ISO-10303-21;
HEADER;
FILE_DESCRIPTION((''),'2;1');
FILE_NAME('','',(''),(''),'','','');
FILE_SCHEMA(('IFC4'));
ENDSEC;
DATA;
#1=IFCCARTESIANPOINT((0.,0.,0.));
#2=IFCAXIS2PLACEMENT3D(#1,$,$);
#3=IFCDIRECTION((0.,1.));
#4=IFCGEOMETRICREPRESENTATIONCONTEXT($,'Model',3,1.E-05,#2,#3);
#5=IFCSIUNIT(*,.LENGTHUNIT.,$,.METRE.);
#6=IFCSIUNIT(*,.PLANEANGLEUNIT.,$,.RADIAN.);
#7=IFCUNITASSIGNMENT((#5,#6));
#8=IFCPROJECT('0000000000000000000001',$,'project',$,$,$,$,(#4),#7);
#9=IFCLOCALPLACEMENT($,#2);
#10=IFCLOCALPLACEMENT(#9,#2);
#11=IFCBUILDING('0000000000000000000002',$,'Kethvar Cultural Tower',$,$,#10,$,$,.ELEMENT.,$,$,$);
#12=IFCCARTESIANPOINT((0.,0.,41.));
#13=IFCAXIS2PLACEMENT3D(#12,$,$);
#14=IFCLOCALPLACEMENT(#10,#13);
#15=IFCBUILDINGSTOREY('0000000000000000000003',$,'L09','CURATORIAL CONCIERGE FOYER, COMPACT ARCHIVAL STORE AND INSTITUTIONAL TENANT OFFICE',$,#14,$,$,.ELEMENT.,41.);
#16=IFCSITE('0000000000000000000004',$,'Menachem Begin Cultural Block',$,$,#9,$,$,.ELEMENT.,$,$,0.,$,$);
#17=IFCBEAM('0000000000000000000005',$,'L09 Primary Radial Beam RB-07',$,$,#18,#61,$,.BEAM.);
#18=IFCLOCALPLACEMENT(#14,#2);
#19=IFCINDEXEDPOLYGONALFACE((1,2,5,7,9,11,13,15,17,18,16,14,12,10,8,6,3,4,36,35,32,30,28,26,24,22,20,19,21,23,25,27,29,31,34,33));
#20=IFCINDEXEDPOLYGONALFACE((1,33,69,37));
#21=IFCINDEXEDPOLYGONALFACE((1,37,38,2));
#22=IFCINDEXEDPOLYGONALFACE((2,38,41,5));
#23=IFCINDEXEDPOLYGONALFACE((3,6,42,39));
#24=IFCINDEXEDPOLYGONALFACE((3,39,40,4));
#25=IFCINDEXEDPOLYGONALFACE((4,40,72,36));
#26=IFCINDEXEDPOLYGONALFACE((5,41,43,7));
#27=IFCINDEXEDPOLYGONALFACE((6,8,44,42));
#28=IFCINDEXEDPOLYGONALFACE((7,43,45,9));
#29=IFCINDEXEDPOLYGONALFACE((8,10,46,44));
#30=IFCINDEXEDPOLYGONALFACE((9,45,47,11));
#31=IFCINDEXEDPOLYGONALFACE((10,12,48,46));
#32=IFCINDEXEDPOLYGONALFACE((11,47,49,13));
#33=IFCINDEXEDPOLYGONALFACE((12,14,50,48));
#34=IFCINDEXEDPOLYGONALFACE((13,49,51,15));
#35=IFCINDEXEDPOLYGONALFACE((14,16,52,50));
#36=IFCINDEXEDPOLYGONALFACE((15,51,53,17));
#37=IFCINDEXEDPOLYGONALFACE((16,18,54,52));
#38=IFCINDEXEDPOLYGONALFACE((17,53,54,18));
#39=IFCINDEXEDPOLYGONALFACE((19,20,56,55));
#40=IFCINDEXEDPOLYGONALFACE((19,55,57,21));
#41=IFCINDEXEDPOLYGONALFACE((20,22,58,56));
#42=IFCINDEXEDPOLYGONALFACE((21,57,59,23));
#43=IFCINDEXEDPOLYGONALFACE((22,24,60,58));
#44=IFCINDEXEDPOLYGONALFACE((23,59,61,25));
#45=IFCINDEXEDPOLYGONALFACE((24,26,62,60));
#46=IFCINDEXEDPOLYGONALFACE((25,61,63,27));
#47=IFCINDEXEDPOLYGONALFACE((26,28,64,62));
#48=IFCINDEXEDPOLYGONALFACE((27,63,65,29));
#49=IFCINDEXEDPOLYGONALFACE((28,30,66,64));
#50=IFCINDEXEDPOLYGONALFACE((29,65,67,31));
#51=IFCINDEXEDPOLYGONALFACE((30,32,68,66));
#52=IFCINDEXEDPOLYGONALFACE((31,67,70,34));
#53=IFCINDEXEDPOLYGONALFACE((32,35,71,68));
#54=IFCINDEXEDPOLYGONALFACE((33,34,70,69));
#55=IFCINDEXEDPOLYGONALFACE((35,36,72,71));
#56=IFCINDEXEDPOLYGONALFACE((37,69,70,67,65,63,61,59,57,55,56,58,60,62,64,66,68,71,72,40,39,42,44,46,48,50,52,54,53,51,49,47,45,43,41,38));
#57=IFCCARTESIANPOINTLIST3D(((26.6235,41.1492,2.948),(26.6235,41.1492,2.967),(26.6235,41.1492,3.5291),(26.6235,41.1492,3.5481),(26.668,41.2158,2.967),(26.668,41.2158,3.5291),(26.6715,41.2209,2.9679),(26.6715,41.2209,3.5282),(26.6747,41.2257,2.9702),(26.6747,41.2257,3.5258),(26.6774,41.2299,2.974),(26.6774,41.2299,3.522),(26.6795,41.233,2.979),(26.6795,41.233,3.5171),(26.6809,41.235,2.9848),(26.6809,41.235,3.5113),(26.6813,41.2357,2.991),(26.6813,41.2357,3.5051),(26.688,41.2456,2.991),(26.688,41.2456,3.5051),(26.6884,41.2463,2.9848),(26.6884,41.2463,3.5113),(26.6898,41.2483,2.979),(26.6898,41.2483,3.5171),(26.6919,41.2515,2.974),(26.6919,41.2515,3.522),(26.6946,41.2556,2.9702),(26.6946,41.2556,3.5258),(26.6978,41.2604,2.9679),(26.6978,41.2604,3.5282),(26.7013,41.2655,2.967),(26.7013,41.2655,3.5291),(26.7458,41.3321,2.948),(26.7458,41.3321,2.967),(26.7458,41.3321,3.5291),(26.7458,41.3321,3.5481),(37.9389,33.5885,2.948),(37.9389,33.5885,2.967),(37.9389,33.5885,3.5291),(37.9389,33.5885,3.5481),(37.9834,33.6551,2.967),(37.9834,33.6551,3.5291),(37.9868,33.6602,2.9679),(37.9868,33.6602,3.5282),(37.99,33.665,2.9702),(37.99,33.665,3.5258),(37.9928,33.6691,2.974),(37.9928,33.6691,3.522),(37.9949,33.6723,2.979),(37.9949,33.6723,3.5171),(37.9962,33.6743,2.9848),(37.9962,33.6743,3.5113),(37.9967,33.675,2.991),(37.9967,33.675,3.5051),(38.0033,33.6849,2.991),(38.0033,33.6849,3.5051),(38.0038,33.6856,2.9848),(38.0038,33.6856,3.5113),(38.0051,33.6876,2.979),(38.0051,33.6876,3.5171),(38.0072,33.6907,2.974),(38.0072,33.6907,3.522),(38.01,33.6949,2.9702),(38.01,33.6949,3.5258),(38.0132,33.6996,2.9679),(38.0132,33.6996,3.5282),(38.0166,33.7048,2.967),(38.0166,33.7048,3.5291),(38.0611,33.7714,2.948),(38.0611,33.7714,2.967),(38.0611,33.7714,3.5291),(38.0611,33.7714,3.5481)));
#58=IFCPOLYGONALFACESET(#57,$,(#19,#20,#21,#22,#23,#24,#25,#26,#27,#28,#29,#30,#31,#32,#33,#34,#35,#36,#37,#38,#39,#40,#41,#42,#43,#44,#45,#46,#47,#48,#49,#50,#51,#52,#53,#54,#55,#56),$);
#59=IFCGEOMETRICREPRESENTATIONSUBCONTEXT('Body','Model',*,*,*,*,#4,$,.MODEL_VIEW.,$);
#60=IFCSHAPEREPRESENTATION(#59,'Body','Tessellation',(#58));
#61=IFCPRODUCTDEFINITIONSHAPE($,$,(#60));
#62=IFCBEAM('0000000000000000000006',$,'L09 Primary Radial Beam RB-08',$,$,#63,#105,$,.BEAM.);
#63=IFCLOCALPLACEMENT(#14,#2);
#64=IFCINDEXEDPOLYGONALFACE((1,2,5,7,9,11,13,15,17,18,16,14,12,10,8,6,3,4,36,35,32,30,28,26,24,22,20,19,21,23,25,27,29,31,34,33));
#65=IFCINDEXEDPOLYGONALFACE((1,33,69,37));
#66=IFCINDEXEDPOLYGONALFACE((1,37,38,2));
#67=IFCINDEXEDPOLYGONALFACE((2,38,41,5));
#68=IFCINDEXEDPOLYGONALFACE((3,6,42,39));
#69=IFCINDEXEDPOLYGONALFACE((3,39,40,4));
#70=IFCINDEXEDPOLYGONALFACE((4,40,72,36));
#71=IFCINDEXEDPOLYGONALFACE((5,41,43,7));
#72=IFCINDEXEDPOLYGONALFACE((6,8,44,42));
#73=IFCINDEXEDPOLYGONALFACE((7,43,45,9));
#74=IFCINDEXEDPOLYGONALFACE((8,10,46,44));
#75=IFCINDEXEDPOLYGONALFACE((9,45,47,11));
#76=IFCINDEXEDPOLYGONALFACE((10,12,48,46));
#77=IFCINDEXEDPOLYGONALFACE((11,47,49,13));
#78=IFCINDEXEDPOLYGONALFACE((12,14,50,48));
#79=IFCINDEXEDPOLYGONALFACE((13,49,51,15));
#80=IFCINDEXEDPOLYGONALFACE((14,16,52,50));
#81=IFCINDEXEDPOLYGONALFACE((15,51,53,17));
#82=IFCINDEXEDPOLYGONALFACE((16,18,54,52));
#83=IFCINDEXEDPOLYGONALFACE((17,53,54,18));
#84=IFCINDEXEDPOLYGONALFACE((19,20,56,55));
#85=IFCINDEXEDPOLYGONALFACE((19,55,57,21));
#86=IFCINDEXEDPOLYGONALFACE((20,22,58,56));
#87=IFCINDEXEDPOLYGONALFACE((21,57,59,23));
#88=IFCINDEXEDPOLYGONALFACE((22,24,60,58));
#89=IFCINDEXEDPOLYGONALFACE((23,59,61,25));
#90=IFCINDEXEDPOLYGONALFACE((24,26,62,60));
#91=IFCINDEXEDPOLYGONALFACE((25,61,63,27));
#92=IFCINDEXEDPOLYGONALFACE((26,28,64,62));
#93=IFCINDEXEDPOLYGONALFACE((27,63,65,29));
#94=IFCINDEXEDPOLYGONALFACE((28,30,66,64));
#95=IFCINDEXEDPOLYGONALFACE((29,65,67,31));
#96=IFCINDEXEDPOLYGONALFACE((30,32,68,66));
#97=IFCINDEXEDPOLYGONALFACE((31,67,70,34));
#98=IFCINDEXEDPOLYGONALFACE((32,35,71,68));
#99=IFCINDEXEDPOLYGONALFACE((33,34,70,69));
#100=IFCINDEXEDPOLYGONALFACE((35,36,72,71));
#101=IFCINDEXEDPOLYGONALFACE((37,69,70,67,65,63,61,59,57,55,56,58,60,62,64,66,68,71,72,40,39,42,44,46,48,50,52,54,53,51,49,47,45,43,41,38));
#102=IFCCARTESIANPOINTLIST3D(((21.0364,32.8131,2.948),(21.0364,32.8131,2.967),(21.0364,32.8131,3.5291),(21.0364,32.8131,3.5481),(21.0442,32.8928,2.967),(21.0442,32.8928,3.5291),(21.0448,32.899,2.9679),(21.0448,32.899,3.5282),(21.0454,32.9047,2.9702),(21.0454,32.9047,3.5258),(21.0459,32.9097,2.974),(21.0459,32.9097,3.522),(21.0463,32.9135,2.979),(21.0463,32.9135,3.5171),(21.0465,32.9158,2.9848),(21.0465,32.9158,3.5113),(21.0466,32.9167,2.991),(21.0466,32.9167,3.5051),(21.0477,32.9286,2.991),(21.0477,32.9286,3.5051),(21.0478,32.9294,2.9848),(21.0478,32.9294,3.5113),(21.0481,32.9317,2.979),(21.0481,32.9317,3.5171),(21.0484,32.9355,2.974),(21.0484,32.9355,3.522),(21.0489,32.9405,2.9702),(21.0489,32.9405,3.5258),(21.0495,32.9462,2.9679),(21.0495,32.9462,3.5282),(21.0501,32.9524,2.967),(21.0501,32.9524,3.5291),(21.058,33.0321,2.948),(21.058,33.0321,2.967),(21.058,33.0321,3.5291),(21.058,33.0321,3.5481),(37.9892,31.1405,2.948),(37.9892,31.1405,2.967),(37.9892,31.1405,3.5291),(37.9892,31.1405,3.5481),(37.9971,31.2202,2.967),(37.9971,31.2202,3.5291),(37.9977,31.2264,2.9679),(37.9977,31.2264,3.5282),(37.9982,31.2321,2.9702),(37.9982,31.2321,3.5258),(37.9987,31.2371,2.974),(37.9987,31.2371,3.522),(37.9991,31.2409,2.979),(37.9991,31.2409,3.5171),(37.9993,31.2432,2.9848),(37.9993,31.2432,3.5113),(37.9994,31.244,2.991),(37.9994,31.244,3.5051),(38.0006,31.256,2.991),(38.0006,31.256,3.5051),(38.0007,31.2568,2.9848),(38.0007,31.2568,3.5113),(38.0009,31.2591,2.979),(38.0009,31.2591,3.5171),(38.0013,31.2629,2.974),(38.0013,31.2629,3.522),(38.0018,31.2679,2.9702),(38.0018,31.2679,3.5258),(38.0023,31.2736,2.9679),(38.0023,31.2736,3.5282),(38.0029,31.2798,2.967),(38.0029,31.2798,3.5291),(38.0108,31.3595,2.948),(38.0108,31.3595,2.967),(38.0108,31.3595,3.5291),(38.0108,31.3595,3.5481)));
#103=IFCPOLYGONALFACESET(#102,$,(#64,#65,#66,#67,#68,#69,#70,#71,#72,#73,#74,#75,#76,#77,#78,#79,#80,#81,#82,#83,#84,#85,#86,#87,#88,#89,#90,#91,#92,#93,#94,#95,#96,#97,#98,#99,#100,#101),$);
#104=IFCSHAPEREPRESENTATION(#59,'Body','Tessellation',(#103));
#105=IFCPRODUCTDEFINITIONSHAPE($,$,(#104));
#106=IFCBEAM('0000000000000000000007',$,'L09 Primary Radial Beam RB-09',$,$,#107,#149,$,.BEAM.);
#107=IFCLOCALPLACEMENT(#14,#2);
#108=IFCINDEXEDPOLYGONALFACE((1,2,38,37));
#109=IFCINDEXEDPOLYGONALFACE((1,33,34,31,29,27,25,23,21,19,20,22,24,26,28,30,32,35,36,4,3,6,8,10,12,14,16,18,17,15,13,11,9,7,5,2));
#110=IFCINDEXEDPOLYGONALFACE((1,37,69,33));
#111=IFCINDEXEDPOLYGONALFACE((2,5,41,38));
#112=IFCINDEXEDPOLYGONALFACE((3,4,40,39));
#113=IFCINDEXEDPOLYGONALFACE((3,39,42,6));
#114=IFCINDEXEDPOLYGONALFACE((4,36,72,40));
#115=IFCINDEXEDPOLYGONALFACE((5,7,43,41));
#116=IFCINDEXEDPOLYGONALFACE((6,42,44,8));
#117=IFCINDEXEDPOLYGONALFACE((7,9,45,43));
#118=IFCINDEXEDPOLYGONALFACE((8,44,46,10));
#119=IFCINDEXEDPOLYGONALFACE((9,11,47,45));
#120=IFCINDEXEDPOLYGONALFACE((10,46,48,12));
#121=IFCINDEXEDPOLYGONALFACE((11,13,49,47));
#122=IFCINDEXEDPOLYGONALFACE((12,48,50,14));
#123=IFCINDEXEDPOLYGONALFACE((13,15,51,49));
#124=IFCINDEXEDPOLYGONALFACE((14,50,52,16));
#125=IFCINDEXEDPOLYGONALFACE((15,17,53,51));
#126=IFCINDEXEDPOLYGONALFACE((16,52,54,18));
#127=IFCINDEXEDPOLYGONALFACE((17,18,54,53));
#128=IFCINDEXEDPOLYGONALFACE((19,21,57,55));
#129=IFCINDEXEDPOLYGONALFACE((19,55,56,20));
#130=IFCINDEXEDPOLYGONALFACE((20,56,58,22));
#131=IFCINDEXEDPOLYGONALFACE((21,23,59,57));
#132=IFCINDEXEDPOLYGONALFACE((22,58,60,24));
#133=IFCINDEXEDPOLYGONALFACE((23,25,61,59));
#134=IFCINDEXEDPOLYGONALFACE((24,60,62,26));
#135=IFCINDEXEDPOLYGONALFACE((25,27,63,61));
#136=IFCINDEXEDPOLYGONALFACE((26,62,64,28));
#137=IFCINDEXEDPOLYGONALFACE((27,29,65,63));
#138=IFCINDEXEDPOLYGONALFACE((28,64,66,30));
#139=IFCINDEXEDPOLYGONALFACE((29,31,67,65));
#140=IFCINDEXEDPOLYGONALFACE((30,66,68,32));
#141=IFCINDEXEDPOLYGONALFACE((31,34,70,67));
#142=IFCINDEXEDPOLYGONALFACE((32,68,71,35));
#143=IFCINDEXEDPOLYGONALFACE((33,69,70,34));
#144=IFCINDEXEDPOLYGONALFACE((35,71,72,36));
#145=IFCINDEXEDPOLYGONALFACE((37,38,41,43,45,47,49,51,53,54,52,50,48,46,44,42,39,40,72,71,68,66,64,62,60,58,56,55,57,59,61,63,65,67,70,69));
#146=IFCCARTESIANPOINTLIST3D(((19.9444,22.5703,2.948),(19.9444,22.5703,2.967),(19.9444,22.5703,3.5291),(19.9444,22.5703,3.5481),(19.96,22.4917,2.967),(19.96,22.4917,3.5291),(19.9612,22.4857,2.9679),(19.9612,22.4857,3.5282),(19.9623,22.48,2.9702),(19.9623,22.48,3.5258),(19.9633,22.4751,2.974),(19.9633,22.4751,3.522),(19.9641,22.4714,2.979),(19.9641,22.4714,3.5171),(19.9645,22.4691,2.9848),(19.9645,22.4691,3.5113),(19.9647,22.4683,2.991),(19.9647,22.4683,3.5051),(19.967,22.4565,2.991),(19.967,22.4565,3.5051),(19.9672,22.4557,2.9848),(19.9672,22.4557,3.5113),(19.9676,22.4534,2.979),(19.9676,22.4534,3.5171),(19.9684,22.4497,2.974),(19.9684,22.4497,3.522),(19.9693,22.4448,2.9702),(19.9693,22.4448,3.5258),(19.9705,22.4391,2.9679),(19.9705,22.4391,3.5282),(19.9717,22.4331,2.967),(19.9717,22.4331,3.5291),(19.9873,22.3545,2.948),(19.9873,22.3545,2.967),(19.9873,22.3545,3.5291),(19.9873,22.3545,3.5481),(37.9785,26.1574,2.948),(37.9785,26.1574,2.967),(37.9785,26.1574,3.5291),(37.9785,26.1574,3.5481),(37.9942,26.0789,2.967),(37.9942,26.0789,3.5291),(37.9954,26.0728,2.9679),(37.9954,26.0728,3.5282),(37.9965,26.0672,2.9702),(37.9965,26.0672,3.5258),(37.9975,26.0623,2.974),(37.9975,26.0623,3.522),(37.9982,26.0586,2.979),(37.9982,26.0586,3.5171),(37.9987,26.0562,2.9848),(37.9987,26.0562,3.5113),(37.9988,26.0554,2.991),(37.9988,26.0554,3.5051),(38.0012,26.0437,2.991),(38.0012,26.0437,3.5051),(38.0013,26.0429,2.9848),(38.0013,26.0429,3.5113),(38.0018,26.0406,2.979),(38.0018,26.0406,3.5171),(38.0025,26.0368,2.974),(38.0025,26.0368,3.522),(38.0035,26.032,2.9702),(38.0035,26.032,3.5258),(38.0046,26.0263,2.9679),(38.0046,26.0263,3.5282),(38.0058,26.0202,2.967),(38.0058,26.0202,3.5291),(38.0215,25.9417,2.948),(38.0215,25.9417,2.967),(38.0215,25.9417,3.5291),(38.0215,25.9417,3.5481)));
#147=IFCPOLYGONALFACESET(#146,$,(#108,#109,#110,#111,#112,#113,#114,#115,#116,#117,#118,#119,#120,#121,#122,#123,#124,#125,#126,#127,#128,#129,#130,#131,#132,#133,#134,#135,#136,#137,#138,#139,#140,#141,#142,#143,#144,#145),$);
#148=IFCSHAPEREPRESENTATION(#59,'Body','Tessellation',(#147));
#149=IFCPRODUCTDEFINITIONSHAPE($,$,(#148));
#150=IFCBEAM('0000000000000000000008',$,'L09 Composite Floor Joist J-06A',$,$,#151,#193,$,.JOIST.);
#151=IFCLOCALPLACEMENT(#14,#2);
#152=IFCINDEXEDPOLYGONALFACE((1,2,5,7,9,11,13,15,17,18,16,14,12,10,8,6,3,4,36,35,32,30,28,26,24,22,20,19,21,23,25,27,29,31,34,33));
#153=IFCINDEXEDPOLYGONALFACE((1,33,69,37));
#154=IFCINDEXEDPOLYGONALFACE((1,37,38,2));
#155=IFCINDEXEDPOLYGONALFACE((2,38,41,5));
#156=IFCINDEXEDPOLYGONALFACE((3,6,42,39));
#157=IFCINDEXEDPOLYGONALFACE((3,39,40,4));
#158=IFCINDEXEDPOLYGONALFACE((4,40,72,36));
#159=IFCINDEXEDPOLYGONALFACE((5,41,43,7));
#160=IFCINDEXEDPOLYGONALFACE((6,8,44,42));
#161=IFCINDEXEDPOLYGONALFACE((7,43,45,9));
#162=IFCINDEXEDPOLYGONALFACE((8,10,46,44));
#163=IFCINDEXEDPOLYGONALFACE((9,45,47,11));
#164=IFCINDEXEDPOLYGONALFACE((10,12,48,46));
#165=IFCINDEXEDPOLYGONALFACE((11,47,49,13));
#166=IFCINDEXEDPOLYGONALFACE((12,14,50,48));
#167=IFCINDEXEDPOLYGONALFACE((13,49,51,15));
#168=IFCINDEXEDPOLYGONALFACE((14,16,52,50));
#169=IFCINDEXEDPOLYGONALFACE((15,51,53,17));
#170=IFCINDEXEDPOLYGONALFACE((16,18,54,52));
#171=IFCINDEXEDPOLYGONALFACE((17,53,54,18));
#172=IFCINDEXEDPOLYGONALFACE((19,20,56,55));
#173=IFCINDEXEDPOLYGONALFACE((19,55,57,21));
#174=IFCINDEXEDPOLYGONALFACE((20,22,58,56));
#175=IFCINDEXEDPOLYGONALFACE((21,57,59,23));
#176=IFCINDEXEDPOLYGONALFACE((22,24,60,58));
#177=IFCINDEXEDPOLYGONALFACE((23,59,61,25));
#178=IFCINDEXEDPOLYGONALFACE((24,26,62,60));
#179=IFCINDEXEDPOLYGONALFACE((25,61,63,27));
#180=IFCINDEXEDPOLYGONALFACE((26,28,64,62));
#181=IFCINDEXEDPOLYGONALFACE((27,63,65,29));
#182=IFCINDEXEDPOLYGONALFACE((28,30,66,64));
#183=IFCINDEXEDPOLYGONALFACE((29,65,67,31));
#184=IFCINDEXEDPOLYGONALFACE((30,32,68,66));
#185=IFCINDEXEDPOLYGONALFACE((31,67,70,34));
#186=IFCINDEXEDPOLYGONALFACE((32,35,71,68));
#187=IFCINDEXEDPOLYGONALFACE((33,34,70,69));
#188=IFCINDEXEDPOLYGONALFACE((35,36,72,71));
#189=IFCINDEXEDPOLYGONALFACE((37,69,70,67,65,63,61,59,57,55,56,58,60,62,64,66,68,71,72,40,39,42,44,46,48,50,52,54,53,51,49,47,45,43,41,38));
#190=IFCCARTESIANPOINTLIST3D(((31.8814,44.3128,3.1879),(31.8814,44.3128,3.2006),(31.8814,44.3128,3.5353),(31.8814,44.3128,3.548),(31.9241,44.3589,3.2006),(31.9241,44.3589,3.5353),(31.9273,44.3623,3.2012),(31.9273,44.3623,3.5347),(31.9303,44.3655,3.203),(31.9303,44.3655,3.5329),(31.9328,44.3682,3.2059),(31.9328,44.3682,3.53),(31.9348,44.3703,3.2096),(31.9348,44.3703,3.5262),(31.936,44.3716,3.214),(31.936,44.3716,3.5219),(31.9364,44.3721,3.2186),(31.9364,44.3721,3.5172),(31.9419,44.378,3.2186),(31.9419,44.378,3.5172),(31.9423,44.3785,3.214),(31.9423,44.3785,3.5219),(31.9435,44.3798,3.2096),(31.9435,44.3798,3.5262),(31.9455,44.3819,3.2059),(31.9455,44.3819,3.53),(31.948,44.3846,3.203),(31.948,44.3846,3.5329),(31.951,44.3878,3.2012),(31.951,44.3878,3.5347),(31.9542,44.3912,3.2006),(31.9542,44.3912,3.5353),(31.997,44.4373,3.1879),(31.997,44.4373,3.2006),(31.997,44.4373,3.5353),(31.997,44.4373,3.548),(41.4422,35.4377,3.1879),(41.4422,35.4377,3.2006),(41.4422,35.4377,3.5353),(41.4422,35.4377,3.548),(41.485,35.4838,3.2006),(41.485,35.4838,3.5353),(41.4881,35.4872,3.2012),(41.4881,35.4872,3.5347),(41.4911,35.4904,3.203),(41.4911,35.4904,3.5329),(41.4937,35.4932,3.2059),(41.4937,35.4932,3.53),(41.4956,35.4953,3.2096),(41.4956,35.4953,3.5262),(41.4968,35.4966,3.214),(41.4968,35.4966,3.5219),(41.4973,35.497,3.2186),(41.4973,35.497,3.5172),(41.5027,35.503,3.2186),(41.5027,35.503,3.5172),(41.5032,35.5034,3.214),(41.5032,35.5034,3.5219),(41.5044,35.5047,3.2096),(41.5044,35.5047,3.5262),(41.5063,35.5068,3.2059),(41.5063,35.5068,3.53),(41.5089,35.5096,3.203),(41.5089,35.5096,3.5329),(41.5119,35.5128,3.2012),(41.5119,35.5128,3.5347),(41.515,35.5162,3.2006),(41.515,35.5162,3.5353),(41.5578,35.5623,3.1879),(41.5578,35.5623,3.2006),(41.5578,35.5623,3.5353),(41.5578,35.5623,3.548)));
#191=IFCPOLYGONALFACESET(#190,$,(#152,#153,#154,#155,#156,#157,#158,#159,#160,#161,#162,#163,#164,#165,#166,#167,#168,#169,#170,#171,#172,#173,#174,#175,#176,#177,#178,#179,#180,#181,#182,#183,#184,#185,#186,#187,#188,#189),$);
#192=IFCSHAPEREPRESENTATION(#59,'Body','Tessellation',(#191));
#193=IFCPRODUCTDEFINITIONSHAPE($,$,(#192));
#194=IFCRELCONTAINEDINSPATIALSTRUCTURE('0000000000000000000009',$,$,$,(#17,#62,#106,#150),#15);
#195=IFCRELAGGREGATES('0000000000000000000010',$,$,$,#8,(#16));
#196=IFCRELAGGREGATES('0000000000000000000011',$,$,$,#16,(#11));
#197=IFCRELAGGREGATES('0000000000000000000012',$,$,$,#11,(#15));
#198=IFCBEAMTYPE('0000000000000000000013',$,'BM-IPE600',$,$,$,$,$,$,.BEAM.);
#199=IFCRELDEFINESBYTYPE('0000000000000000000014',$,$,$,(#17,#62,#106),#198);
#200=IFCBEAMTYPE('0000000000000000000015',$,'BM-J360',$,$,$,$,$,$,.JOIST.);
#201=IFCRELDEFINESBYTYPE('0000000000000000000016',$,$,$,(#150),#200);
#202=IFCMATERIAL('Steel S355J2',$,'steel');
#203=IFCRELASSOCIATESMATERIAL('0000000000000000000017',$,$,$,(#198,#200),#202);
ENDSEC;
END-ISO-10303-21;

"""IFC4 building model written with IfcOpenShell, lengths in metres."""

from ifc_helpers import new_model, si_unit, direction, frame, origin, origin_2d, place, context, subcontext, project, spatial, i_section, extrude, source, transform, mapped, material, material_profile, profile_set, type_object, element, save


model = new_model("IFC4")

# Units and contexts
model_context = context("Model", 3, precision=1e-05, world=origin(), true_north=direction((0.0, 1.0)))
body_context = subcontext(model_context, "Body", "Model", "MODEL_VIEW")
ifc_project = project(units=[si_unit("LENGTHUNIT", "METRE"), si_unit("PLANEANGLEUNIT", "RADIAN")], contexts=[model_context])

# Site, building, storey
site_placement = place(None, origin())
site = spatial("IfcSite", under=ifc_project, at=site_placement, Name="Menachem Begin Cultural Block", CompositionType="ELEMENT", RefElevation=0.0)
building_placement = place(site_placement, origin())
building = spatial("IfcBuilding", under=site, at=building_placement, Name="Kethvar Cultural Tower", CompositionType="ELEMENT")
storey_placement = place(building_placement, frame((0.0, 0.0, 41.0)))
storey = spatial("IfcBuildingStorey", under=building, at=storey_placement, Name="L09", Description="CURATORIAL CONCIERGE FOYER, COMPACT ARCHIVAL STORE AND INSTITUTIONAL TENANT OFFICE", CompositionType="ELEMENT", Elevation=41.0)

# Beams
ifc_material_1 = material(Name="Steel S355J2", Category="steel")
ifc_material_profile_1 = material_profile(ifc_material_1, i_section(OverallWidth=0.22, OverallDepth=0.6001, WebThickness=0.012, FlangeThickness=0.019, FilletRadius=0.0239, at=origin_2d()), Name="Steel S355J2 — IPE600")
ifc_profile_set_1 = profile_set([ifc_material_profile_1], Name="Steel S355J2 — IPE600")
beam_type_1 = type_object("IfcBeamType", Name="BM-IPE600", PredefinedType="BEAM", material=ifc_profile_set_1)
shared_shape_1 = source(origin(), body_context, "Body", "SweptSolid", [
    extrude(i_section(OverallWidth=0.22, OverallDepth=0.6001, WebThickness=0.012, FlangeThickness=0.019, FilletRadius=0.0239, at=origin_2d()), origin(), (0.0, 0.0, 1.0), 13.6089),
])
beam_1_placement = place(storey_placement, frame((38.0, 33.6799, 3.248), z_axis=(-0.831467, 0.555573, 0.0), x_axis=(-0.555573, -0.831467, 0.0)))
element("IfcBeam", 1, at=beam_1_placement, inside=storey, type_object=beam_type_1, Name="L09 Primary Radial Beam RB-07", PredefinedType="BEAM", context=body_context, shape_type="MappedRepresentation", body=[
    mapped(shared_shape_1, transform((0.0, 0.0, 0.0), scale=1.0)),
])
shared_shape_2 = source(origin(), body_context, "Body", "SweptSolid", [
    extrude(i_section(OverallWidth=0.22, OverallDepth=0.6001, WebThickness=0.012, FlangeThickness=0.019, FilletRadius=0.0239, at=origin_2d()), origin(), (0.0, 0.0, 1.0), 17.0352),
])
beam_2_placement = place(storey_placement, frame((38.0, 31.25, 3.248), z_axis=(-0.995168, 0.098185, 0.0), x_axis=(-0.098185, -0.995168, 0.0)))
element("IfcBeam", 2, at=beam_2_placement, inside=storey, type_object=beam_type_1, Name="L09 Primary Radial Beam RB-08", PredefinedType="BEAM", context=body_context, shape_type="MappedRepresentation", body=[
    mapped(shared_shape_2, transform((0.0, 0.0, 0.0), scale=1.0)),
])
shared_shape_3 = source(origin(), body_context, "Body", "SweptSolid", [
    extrude(i_section(OverallWidth=0.22, OverallDepth=0.6001, WebThickness=0.012, FlangeThickness=0.019, FilletRadius=0.0239, at=origin_2d()), origin(), (0.0, 0.0, 1.0), 18.3875),
])
beam_3_placement = place(storey_placement, frame((38.0, 26.0496, 3.248), z_axis=(-0.980786, -0.195087, 0.0), x_axis=(0.195087, -0.980786, 0.0)))
element("IfcBeam", 3, at=beam_3_placement, inside=storey, type_object=beam_type_1, Name="L09 Primary Radial Beam RB-09", PredefinedType="BEAM", context=body_context, shape_type="MappedRepresentation", body=[
    mapped(shared_shape_3, transform((0.0, 0.0, 0.0), scale=1.0)),
])
ifc_material_profile_2 = material_profile(ifc_material_1, i_section(OverallWidth=0.1699, OverallDepth=0.3601, WebThickness=0.0081, FlangeThickness=0.0127, FilletRadius=0.0181, at=origin_2d()), Name="Steel S355J2 — IPE360")
ifc_profile_set_2 = profile_set([ifc_material_profile_2], Name="Steel S355J2 — IPE360")
beam_type_2 = type_object("IfcBeamType", Name="BM-J360", PredefinedType="JOIST", material=ifc_profile_set_2)
shared_shape_4 = source(origin(), body_context, "Body", "SweptSolid", [
    extrude(i_section(OverallWidth=0.1699, OverallDepth=0.3601, WebThickness=0.0081, FlangeThickness=0.0127, FilletRadius=0.0181, at=origin_2d()), origin(), (0.0, 0.0, 1.0), 13.0452),
])
beam_4_placement = place(storey_placement, frame((41.5, 35.5, 3.3679), z_axis=(-0.732903, 0.680333, 0.0), x_axis=(-0.680333, -0.732903, 0.0)))
element("IfcBeam", 4, at=beam_4_placement, inside=storey, type_object=beam_type_2, Name="L09 Composite Floor Joist J-06A", PredefinedType="JOIST", context=body_context, shape_type="MappedRepresentation", body=[
    mapped(shared_shape_4, transform((0.0, 0.0, 0.0), scale=1.0)),
])

save(model, "model.ifc")
